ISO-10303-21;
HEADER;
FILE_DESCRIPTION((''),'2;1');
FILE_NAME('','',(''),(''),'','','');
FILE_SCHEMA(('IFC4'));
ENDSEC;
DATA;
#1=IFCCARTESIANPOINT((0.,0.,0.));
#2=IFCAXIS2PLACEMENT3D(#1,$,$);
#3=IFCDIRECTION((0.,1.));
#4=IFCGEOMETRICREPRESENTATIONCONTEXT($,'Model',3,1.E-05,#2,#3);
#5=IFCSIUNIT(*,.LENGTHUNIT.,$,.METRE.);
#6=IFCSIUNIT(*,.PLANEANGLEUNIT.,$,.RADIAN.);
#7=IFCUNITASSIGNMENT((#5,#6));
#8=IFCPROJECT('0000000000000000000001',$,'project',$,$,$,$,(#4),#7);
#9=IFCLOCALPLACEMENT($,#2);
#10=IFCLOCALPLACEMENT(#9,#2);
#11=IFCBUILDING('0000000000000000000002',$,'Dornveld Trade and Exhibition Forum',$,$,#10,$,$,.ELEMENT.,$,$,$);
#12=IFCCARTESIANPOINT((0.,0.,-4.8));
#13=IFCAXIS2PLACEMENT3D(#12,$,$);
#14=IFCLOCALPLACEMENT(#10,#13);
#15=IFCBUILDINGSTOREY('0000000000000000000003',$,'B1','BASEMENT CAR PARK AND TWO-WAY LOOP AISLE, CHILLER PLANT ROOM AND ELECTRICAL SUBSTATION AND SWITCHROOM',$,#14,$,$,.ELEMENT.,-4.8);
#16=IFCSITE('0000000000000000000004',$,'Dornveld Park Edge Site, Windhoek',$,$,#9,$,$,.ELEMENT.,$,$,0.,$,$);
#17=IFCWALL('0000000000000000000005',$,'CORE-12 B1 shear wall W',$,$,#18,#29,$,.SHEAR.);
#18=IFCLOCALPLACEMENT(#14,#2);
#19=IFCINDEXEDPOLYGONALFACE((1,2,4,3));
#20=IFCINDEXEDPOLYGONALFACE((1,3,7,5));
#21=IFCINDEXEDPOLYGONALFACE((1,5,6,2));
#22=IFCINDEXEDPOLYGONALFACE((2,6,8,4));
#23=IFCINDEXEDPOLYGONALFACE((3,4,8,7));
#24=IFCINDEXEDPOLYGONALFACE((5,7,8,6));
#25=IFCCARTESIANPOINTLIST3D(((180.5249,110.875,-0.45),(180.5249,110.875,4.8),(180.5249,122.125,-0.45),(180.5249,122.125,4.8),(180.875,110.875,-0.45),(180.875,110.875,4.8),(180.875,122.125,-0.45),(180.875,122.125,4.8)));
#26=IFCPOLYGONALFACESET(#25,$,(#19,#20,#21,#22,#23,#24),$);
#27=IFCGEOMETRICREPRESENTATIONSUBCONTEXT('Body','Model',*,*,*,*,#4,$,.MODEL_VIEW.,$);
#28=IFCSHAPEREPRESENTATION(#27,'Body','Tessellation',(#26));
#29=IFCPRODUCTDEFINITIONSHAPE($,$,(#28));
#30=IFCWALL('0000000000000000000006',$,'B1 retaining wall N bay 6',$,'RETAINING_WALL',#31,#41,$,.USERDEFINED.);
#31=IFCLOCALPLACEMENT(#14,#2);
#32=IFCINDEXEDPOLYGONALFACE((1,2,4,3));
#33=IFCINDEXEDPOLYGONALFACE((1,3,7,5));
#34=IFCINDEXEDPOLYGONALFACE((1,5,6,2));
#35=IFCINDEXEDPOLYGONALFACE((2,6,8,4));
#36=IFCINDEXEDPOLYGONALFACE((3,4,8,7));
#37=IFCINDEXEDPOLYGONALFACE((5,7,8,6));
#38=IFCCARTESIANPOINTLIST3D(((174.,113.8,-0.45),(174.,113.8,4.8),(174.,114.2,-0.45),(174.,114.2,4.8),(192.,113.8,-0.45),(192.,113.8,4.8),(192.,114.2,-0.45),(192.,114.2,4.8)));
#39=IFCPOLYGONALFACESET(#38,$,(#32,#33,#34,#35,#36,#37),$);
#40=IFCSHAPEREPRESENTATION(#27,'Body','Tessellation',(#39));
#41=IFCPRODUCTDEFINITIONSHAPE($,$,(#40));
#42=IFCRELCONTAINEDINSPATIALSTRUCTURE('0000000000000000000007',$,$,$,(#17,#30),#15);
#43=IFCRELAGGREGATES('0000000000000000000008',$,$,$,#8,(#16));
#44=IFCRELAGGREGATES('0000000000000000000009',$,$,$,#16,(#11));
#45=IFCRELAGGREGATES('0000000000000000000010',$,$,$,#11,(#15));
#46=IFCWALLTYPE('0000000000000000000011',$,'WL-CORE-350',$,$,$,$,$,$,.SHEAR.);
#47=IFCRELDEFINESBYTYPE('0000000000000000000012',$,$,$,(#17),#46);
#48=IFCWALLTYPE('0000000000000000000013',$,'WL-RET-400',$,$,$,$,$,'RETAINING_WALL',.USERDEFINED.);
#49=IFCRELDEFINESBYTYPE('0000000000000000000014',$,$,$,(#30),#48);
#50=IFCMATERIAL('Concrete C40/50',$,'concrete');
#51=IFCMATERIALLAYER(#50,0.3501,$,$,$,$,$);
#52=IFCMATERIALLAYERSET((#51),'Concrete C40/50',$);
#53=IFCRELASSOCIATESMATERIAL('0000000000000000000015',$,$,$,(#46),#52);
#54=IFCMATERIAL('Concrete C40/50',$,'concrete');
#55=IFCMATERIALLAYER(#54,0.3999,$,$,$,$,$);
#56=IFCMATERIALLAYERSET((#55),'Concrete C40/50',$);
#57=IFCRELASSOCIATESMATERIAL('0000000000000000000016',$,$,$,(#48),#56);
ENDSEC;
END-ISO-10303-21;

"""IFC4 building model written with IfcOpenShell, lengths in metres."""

from ifc_helpers import new_model, si_unit, direction, frame, frame_2d, origin, place, context, subcontext, project, spatial, rectangle, extrude, material, layer, layer_set, type_object, element, save


model = new_model("IFC4")

# Units and contexts
model_context = context("Model", 3, precision=1e-05, world=origin(), true_north=direction((0.0, 1.0)))
body_context = subcontext(model_context, "Body", "Model", "MODEL_VIEW")
ifc_project = project(units=[si_unit("LENGTHUNIT", "METRE"), si_unit("PLANEANGLEUNIT", "RADIAN")], contexts=[model_context])

# Site, building, storey
site_placement = place(None, origin())
site = spatial("IfcSite", under=ifc_project, at=site_placement, Name="Dornveld Park Edge Site, Windhoek", CompositionType="ELEMENT", RefElevation=0.0)
building_placement = place(site_placement, origin())
building = spatial("IfcBuilding", under=site, at=building_placement, Name="Dornveld Trade and Exhibition Forum", CompositionType="ELEMENT")
storey_placement = place(building_placement, frame((0.0, 0.0, -4.8)))
storey = spatial("IfcBuildingStorey", under=building, at=storey_placement, Name="B1", Description="BASEMENT CAR PARK AND TWO-WAY LOOP AISLE, CHILLER PLANT ROOM AND ELECTRICAL SUBSTATION AND SWITCHROOM", CompositionType="ELEMENT", Elevation=-4.8)

# Walls
ifc_material_1 = material(Name="Concrete C40/50", Category="concrete")
ifc_layer_1 = layer(ifc_material_1, 0.3501)
ifc_layer_set_1 = layer_set([ifc_layer_1], Name="Concrete C40/50")
wall_type_1 = type_object("IfcWallType", Name="WL-CORE-350", PredefinedType="SHEAR", material=ifc_layer_set_1)
wall_1_placement = place(storey_placement, frame((180.7, 110.875, -0.45), z_axis=(0.0, 0.0, 1.0), x_axis=(0.0, 1.0, 0.0)))
element("IfcWall", 1, at=wall_1_placement, inside=storey, type_object=wall_type_1, Name="CORE-12 B1 shear wall W", PredefinedType="SHEAR", context=body_context, shape_type="SweptSolid", body=[
    extrude(rectangle(XDim=11.25, YDim=0.3501, at=frame_2d((5.625, 0.0))), origin(), (0.0, 0.0, 1.0), 5.25),
])
ifc_material_2 = material(Name="Concrete C40/50", Category="concrete")
ifc_layer_2 = layer(ifc_material_2, 0.3999)
ifc_layer_set_2 = layer_set([ifc_layer_2], Name="Concrete C40/50")
wall_type_2 = type_object("IfcWallType", Name="WL-RET-400", ElementType="RETAINING_WALL", PredefinedType="USERDEFINED", material=ifc_layer_set_2)
wall_2_placement = place(storey_placement, frame((174.0, 114.0, -0.45), z_axis=(0.0, 0.0, 1.0), x_axis=(1.0, 0.0, 0.0)))
element("IfcWall", 2, at=wall_2_placement, inside=storey, type_object=wall_type_2, Name="B1 retaining wall N bay 6", ObjectType="RETAINING_WALL", PredefinedType="USERDEFINED", context=body_context, shape_type="SweptSolid", body=[
    extrude(rectangle(XDim=18.0, YDim=0.3999, at=frame_2d((9.0, 0.0))), origin(), (0.0, 0.0, 1.0), 5.25),
])

save(model, "model.ifc")
